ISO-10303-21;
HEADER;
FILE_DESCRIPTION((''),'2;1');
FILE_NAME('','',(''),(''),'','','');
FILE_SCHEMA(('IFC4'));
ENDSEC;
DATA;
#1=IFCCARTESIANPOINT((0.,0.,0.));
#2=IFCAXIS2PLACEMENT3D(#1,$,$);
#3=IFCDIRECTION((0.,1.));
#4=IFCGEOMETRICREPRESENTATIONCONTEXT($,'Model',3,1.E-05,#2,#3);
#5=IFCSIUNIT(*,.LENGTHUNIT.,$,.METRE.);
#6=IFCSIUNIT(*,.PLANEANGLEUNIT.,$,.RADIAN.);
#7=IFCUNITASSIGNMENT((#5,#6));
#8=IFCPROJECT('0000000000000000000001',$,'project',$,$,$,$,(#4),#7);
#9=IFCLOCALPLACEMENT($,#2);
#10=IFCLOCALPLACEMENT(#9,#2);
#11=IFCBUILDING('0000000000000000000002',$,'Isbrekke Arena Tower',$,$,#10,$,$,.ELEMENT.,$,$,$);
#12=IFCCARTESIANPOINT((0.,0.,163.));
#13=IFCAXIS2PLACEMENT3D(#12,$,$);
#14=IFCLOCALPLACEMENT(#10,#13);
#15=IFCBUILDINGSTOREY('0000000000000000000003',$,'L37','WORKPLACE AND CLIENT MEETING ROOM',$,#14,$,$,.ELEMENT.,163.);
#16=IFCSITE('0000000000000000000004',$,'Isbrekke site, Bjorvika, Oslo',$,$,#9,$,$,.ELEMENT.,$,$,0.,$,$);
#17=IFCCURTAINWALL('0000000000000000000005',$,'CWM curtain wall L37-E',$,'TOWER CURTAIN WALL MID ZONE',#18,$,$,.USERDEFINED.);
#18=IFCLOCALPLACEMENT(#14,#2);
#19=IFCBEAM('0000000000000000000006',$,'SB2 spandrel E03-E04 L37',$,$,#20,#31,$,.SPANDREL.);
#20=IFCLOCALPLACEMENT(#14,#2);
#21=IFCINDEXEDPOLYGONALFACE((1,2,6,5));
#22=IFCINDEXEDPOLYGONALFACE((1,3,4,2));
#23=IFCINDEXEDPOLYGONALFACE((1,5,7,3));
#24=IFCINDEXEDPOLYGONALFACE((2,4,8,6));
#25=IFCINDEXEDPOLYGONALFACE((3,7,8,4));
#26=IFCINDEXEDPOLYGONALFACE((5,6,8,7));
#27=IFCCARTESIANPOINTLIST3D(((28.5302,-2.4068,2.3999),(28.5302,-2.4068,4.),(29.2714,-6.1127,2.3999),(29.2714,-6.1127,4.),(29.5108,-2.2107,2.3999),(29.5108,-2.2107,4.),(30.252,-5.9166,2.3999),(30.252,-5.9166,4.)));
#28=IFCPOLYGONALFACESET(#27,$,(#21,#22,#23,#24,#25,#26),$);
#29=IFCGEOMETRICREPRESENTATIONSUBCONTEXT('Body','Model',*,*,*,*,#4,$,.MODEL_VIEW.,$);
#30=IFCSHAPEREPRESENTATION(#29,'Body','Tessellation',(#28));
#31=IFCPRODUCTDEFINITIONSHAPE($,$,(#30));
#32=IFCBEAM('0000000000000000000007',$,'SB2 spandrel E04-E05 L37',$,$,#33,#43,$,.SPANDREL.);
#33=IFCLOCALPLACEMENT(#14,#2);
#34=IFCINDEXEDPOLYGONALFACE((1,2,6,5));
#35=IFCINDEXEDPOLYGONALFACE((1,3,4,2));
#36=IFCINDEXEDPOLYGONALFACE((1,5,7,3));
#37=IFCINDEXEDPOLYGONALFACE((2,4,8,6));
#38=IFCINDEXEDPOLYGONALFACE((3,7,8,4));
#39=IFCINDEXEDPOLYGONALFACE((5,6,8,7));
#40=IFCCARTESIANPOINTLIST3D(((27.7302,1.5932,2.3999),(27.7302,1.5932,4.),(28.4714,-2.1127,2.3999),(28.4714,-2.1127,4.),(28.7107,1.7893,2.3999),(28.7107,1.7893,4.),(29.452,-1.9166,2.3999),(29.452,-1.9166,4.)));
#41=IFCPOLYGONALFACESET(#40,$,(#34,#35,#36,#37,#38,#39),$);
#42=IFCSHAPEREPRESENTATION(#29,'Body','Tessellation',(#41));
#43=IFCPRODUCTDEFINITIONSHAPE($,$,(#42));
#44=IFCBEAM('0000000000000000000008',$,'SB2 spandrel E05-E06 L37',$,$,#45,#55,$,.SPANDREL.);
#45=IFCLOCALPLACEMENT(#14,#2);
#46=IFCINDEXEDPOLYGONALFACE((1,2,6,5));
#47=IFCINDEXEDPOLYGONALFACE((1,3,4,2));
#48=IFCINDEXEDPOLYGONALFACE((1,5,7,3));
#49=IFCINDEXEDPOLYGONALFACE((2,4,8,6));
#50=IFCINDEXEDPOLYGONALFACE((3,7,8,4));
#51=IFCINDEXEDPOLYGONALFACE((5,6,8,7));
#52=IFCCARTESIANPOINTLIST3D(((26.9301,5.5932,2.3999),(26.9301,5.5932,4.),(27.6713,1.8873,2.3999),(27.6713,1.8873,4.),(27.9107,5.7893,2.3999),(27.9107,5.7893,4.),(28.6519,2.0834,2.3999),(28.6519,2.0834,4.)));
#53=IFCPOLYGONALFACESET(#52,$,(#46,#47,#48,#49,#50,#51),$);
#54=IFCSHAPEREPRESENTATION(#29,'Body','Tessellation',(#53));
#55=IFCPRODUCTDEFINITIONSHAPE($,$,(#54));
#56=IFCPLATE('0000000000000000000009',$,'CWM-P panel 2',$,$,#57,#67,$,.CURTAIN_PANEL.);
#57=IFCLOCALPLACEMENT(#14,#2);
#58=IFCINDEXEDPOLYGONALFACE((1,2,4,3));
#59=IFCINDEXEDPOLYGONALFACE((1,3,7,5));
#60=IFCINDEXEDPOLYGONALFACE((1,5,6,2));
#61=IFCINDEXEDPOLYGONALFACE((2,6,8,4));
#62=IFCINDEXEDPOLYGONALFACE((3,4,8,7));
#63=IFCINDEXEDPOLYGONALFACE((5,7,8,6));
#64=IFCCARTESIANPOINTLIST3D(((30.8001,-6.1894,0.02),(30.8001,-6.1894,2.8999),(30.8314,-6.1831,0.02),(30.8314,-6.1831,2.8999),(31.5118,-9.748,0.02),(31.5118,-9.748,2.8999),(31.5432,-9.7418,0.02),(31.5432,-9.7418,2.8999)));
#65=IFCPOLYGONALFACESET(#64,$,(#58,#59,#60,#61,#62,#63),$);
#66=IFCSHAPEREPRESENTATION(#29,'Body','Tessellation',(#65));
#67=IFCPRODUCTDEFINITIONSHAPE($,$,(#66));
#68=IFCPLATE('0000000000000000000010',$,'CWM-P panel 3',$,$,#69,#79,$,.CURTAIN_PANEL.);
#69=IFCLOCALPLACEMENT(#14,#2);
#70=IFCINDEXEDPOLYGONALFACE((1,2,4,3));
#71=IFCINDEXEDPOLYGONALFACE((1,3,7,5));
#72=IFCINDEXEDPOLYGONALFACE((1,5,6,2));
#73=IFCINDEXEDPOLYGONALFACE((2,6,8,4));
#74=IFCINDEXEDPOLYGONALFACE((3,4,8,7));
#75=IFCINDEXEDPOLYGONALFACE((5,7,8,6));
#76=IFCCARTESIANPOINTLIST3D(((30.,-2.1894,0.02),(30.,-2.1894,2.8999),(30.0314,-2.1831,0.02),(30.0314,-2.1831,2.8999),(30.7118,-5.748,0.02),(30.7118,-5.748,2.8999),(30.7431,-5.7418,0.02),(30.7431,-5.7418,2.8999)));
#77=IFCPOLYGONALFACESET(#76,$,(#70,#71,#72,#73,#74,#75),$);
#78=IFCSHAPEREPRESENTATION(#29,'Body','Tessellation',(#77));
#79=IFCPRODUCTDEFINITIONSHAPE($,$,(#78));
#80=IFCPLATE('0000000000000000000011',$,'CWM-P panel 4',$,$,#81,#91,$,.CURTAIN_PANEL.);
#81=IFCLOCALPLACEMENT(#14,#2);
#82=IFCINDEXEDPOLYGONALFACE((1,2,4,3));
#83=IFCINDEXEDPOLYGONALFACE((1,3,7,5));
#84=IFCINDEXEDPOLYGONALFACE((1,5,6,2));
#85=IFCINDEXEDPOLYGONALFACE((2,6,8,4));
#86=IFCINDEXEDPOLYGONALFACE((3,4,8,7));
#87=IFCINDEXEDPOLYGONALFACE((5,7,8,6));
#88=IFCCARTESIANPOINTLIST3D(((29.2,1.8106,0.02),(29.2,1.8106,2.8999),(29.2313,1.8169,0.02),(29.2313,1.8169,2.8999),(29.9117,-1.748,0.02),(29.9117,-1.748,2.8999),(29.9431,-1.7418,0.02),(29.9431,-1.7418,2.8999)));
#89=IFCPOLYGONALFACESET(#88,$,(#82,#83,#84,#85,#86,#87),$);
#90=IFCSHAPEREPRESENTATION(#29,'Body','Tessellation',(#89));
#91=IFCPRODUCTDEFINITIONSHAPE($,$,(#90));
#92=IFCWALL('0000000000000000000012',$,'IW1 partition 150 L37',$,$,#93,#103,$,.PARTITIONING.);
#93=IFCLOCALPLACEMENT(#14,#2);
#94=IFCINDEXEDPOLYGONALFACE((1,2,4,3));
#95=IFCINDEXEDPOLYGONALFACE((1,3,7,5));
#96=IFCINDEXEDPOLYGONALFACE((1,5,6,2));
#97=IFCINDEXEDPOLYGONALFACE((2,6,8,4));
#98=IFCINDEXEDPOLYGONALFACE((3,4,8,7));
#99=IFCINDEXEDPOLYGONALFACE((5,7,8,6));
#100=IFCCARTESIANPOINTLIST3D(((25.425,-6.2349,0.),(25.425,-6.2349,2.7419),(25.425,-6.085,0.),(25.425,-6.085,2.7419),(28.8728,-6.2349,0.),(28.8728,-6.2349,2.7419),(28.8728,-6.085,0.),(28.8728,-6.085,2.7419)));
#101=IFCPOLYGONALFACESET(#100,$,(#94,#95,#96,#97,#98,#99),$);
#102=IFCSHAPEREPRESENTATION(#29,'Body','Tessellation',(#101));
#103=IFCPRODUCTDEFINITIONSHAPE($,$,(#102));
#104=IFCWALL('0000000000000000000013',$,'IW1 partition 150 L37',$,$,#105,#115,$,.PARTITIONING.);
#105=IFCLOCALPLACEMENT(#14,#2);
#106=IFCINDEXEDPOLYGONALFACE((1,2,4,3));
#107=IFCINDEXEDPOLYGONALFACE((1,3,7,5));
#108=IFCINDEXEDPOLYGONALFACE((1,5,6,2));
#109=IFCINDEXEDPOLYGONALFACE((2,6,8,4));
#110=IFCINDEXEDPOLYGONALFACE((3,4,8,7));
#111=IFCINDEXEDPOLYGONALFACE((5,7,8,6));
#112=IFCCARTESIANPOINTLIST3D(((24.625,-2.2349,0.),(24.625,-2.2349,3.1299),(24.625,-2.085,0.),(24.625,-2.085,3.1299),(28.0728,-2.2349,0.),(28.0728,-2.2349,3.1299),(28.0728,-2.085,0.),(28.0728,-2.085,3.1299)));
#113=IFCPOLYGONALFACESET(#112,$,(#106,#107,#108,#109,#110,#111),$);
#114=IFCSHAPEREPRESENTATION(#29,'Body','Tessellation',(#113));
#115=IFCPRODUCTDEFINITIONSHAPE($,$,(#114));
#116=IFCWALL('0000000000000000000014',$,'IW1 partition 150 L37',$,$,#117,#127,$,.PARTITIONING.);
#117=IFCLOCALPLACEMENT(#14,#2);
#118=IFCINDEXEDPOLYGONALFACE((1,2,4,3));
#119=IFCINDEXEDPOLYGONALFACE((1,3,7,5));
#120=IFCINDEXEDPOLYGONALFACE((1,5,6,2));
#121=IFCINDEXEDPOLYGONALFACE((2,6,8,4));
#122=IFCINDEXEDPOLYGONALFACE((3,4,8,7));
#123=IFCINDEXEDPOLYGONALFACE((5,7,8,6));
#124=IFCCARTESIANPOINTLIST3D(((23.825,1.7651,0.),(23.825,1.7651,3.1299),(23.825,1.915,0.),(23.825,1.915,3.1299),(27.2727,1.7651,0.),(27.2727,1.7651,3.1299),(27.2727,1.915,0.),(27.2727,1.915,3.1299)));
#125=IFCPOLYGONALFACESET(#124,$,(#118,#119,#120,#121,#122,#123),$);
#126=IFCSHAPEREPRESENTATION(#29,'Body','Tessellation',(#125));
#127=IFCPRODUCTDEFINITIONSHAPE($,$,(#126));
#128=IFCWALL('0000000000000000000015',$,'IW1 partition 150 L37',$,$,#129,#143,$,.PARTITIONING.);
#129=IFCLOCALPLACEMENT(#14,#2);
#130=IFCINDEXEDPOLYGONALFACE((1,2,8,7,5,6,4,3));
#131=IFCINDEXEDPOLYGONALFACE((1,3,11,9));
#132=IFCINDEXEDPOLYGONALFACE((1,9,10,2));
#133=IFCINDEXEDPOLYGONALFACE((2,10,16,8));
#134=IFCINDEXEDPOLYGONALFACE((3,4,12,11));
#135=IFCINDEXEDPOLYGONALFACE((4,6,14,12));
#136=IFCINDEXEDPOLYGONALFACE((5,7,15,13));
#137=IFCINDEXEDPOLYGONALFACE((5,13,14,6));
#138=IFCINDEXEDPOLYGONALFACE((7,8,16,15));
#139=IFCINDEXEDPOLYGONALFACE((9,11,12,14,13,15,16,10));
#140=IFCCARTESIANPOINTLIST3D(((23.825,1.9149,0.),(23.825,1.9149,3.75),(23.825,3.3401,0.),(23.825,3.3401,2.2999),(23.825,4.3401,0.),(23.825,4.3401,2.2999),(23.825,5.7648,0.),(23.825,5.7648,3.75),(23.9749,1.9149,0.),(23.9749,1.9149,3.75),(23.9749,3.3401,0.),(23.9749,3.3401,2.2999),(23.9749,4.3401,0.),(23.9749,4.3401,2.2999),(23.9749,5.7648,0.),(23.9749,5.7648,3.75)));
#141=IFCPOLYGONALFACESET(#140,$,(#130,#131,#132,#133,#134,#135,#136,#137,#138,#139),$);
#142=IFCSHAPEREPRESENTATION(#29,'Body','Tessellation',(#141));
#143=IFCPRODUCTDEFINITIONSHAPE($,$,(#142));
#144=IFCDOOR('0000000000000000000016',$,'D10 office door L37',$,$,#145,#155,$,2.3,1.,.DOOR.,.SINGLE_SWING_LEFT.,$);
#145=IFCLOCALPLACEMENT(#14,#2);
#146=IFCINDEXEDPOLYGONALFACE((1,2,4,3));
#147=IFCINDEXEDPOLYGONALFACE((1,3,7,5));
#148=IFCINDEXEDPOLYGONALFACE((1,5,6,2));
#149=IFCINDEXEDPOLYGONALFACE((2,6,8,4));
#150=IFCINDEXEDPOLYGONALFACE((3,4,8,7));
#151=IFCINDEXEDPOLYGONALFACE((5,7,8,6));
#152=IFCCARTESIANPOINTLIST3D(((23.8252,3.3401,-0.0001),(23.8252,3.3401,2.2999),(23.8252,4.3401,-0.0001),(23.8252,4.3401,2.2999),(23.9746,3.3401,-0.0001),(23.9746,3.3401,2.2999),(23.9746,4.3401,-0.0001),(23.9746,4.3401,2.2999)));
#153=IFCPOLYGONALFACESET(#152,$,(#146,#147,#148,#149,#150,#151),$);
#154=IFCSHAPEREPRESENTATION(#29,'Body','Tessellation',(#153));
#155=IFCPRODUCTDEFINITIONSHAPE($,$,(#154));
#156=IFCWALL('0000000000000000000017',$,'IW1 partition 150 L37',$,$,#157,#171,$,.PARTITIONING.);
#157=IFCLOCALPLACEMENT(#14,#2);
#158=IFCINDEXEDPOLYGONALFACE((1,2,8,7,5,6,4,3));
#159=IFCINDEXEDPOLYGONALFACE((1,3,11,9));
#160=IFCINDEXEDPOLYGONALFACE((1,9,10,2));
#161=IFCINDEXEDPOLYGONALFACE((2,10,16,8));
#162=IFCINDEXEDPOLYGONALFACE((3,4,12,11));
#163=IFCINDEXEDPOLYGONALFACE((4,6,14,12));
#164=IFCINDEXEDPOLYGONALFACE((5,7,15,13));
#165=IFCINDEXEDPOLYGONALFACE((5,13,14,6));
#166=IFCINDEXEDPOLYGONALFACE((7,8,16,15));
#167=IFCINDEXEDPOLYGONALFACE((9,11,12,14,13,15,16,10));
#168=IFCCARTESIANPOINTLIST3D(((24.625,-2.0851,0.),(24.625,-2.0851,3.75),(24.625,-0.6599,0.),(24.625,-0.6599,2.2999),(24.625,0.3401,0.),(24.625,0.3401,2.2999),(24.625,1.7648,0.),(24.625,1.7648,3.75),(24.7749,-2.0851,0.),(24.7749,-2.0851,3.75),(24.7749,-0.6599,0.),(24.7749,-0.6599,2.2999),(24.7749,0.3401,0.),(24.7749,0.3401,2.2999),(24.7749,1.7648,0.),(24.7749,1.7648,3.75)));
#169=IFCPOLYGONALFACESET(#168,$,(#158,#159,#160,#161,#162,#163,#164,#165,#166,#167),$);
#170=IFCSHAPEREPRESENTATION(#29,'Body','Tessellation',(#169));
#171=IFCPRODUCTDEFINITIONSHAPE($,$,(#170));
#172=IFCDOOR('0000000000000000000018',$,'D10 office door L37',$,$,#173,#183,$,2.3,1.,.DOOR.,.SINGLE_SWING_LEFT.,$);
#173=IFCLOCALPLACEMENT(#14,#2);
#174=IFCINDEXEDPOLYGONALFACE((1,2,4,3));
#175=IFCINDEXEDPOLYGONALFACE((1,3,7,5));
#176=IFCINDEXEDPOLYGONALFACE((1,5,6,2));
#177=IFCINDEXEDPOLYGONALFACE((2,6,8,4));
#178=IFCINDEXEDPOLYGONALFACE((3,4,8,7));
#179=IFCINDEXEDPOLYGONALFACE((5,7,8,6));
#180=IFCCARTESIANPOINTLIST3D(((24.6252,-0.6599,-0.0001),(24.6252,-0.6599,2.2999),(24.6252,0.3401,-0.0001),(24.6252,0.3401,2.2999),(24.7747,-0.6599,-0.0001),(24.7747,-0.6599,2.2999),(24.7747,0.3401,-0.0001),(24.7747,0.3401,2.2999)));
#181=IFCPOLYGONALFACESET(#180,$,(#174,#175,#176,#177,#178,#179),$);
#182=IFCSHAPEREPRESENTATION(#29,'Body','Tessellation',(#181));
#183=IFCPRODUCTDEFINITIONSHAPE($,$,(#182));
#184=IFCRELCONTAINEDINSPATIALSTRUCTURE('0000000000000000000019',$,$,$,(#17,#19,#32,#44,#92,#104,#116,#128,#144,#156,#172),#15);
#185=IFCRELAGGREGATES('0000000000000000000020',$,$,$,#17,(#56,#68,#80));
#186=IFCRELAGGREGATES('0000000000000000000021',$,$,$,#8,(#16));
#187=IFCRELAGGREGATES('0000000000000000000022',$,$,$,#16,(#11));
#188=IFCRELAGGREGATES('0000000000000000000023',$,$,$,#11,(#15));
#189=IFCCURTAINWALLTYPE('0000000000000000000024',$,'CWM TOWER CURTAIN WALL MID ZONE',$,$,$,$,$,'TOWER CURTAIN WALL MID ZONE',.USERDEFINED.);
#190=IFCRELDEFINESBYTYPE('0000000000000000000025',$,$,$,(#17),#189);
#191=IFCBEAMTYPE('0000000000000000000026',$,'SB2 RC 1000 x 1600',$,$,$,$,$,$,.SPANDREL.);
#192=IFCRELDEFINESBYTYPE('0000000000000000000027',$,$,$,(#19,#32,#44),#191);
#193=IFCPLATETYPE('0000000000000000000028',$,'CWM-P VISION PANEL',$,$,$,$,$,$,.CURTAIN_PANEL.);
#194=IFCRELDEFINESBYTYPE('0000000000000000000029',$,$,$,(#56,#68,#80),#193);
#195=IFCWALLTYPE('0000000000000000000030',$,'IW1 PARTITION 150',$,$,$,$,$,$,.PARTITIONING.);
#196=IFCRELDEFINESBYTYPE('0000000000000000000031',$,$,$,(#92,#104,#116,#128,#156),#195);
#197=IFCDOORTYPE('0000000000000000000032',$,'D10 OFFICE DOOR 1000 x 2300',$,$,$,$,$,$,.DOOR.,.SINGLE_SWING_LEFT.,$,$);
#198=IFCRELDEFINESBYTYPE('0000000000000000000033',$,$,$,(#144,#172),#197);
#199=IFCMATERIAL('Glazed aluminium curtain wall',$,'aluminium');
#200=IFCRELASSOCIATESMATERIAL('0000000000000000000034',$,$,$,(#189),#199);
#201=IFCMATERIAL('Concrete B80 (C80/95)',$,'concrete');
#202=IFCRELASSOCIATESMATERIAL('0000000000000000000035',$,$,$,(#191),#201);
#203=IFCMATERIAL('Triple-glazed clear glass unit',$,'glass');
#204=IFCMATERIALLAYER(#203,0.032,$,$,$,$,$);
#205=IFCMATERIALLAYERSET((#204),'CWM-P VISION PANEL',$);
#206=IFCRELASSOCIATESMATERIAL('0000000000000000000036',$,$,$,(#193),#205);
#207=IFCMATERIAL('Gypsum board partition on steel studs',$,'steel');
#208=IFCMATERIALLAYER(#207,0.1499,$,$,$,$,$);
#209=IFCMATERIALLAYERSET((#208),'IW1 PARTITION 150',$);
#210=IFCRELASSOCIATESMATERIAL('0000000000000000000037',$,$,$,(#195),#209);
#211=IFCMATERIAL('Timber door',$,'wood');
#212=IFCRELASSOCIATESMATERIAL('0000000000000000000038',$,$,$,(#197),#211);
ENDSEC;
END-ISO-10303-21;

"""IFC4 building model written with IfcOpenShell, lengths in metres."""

from ifc_helpers import new_model, si_unit, direction, frame, frame_2d, origin, origin_2d, place, context, subcontext, project, spatial, rectangle, extrude, material, layer, layer_set, material_profile, profile_set, type_object, element, fill, aggregate, save


model = new_model("IFC4")

# Units and contexts
model_context = context("Model", 3, precision=1e-05, world=origin(), true_north=direction((0.0, 1.0)))
body_context = subcontext(model_context, "Body", "Model", "MODEL_VIEW")
ifc_project = project(units=[si_unit("LENGTHUNIT", "METRE"), si_unit("PLANEANGLEUNIT", "RADIAN")], contexts=[model_context])

# Site, building, storey
site_placement = place(None, origin())
site = spatial("IfcSite", under=ifc_project, at=site_placement, Name="Isbrekke site, Bjorvika, Oslo", CompositionType="ELEMENT", RefElevation=0.0)
building_placement = place(site_placement, origin())
building = spatial("IfcBuilding", under=site, at=building_placement, Name="Isbrekke Arena Tower", CompositionType="ELEMENT")
storey_placement = place(building_placement, frame((0.0, 0.0, 163.0)))
storey = spatial("IfcBuildingStorey", under=building, at=storey_placement, Name="L37", Description="WORKPLACE AND CLIENT MEETING ROOM", CompositionType="ELEMENT", Elevation=163.0)

# Curtain wall
ifc_material_1 = material(Name="Glazed aluminium curtain wall", Category="aluminium")
curtain_wall_type = type_object("IfcCurtainWallType", Name="CWM TOWER CURTAIN WALL MID ZONE", ElementType="TOWER CURTAIN WALL MID ZONE", PredefinedType="USERDEFINED", material=ifc_material_1)
curtain_wall_placement = place(storey_placement, origin())
curtain_wall = element("IfcCurtainWall", 1, at=curtain_wall_placement, inside=storey, type_object=curtain_wall_type, Name="CWM curtain wall L37-E", ObjectType="TOWER CURTAIN WALL MID ZONE", PredefinedType="USERDEFINED")

# Beams
ifc_material_2 = material(Name="Concrete B80 (C80/95)", Category="concrete")
ifc_material_profile_1 = material_profile(ifc_material_2, rectangle(XDim=1.0, YDim=1.6001, at=origin_2d()), Name="RC 1000x1600")
ifc_profile_set_1 = profile_set([ifc_material_profile_1], Name="Concrete B80 (C80/95)")
beam_type_1 = type_object("IfcBeamType", Name="SB2 RC 1000 x 1600", PredefinedType="SPANDREL", material=ifc_profile_set_1)
for number, where, z_axis, x_axis, name in (
    (2, (29.7617, -6.0146, 3.2), (-0.196129, 0.980578, 0.0), (-0.980578, -0.196129, 0.0), "SB2 spandrel E03-E04 L37"),
    (3, (28.9617, -2.0146, 3.2), (-0.196129, 0.980578, 0.0), (-0.980578, -0.196129, 0.0), "SB2 spandrel E04-E05 L37"),
    (4, (28.1616, 1.9854, 3.2), (-0.196129, 0.980578, 0.0), (-0.980578, -0.196129, 0.0), "SB2 spandrel E05-E06 L37"),
):
    element("IfcBeam", number, at=place(storey_placement, frame(where, z_axis=z_axis, x_axis=x_axis)), inside=storey, type_object=beam_type_1, Name=name, PredefinedType="SPANDREL", context=body_context, shape_type="SweptSolid", body=[
        extrude(rectangle(XDim=1.0, YDim=1.6001, at=origin_2d()), origin(), (0.0, 0.0, 1.0), 3.7793),
    ])

# Plates
ifc_material_3 = material(Name="Triple-glazed clear glass unit", Category="glass")
ifc_layer_1 = layer(ifc_material_3, 0.032)
ifc_layer_set_1 = layer_set([ifc_layer_1], Name="CWM-P VISION PANEL")
plate_type = type_object("IfcPlateType", Name="CWM-P VISION PANEL", PredefinedType="CURTAIN_PANEL", material=ifc_layer_set_1)
plate_1_placement = place(storey_placement, frame((31.1716, -7.9656, 0.02), z_axis=(0.0, 0.0, 1.0), x_axis=(-0.196116, 0.980581, 0.0)))
plate_1 = element("IfcPlate", 5, at=plate_1_placement, type_object=plate_type, Name="CWM-P panel 2", PredefinedType="CURTAIN_PANEL", context=body_context, shape_type="SweptSolid", body=[
    extrude(rectangle(XDim=3.6292, YDim=0.032, at=origin_2d()), origin(), (0.0, 0.0, 1.0), 2.8799),
])
plate_2_placement = place(storey_placement, frame((30.3716, -3.9656, 0.02), z_axis=(0.0, 0.0, 1.0), x_axis=(-0.196116, 0.980581, 0.0)))
plate_2 = element("IfcPlate", 6, at=plate_2_placement, type_object=plate_type, Name="CWM-P panel 3", PredefinedType="CURTAIN_PANEL", context=body_context, shape_type="SweptSolid", body=[
    extrude(rectangle(XDim=3.6292, YDim=0.032, at=origin_2d()), origin(), (0.0, 0.0, 1.0), 2.8799),
])
plate_3_placement = place(storey_placement, frame((29.5715, 0.0344, 0.02), z_axis=(0.0, 0.0, 1.0), x_axis=(-0.196116, 0.980581, 0.0)))
plate_3 = element("IfcPlate", 7, at=plate_3_placement, type_object=plate_type, Name="CWM-P panel 4", PredefinedType="CURTAIN_PANEL", context=body_context, shape_type="SweptSolid", body=[
    extrude(rectangle(XDim=3.6292, YDim=0.032, at=origin_2d()), origin(), (0.0, 0.0, 1.0), 2.8799),
])
aggregate(curtain_wall, [plate_1, plate_2, plate_3])

# Walls
ifc_material_4 = material(Name="Gypsum board partition on steel studs", Category="steel")
ifc_layer_2 = layer(ifc_material_4, 0.1499)
ifc_layer_set_2 = layer_set([ifc_layer_2], Name="IW1 PARTITION 150")
wall_type = type_object("IfcWallType", Name="IW1 PARTITION 150", PredefinedType="PARTITIONING", material=ifc_layer_set_2)
wall_1_placement = place(storey_placement, frame((25.425, -6.1599, 0.0), z_axis=(0.0, 0.0, 1.0), x_axis=(1.0, 0.0, 0.0)))
element("IfcWall", 8, at=wall_1_placement, inside=storey, type_object=wall_type, Name="IW1 partition 150 L37", PredefinedType="PARTITIONING", context=body_context, shape_type="SweptSolid", body=[
    extrude(rectangle(XDim=3.4478, YDim=0.1499, at=frame_2d((1.7239, 0.0))), origin(), (0.0, 0.0, 1.0), 2.7419),
])
for number, where, z_axis, x_axis, name in (
    (9, (24.625, -2.1599, 0.0), (0.0, 0.0, 1.0), (1.0, 0.0, 0.0), "IW1 partition 150 L37"),
    (10, (23.825, 1.8401, 0.0), (0.0, 0.0, 1.0), (1.0, 0.0, 0.0), "IW1 partition 150 L37"),
):
    element("IfcWall", number, at=place(storey_placement, frame(where, z_axis=z_axis, x_axis=x_axis)), inside=storey, type_object=wall_type, Name=name, PredefinedType="PARTITIONING", context=body_context, shape_type="SweptSolid", body=[
        extrude(rectangle(XDim=3.4478, YDim=0.1499, at=frame_2d((1.7239, 0.0))), origin(), (0.0, 0.0, 1.0), 3.1299),
    ])

# Walls, openings, doors
wall_2_placement = place(storey_placement, frame((23.8999, 1.915, 0.0), z_axis=(0.0, 0.0, 1.0), x_axis=(0.0, 1.0, 0.0)))
wall_2 = element("IfcWall", 11, at=wall_2_placement, inside=storey, type_object=wall_type, Name="IW1 partition 150 L37", PredefinedType="PARTITIONING", context=body_context, shape_type="SweptSolid", body=[
    extrude(rectangle(XDim=3.8499, YDim=0.1499, at=frame_2d((1.9248, 0.0))), origin(), (0.0, 0.0, 1.0), 3.75),
])
opening_1_placement = place(wall_2_placement, frame((1.425, 0.0, 0.0)))
opening_1 = element("IfcOpeningElement", 12, at=opening_1_placement, cuts=wall_2, PredefinedType="OPENING", context=body_context, shape_type="SweptSolid", body=[
    extrude(rectangle(XDim=1.0, YDim=2.3, at=frame_2d((0.5, 1.1499))), frame((0.0, 0.0898, 0.0), z_axis=(0.0, -1.0, 0.0), x_axis=(1.0, 0.0, 0.0)), (0.0, 0.0, 1.0), 0.1797),
])
ifc_material_5 = material(Name="Timber door", Category="wood")
door_type = type_object("IfcDoorType", Name="D10 OFFICE DOOR 1000 x 2300", OperationType="SINGLE_SWING_LEFT", PredefinedType="DOOR", material=ifc_material_5)
door_1_placement = place(opening_1_placement, origin())
door_1 = element("IfcDoor", 13, at=door_1_placement, inside=storey, type_object=door_type, Name="D10 office door L37", OperationType="SINGLE_SWING_LEFT", OverallHeight=2.3, OverallWidth=1.0, PredefinedType="DOOR", context=body_context, shape_type="SweptSolid", body=[
    extrude(rectangle(XDim=1.0, YDim=2.3, at=frame_2d((0.5, 1.1499))), frame((0.0, 0.0747, 0.0), z_axis=(0.0, -1.0, 0.0), x_axis=(1.0, 0.0, 0.0)), (0.0, 0.0, 1.0), 0.1494),
])
fill(opening_1, door_1)
wall_3_placement = place(storey_placement, frame((24.7, -2.085, 0.0), z_axis=(0.0, 0.0, 1.0), x_axis=(0.0, 1.0, 0.0)))
wall_3 = element("IfcWall", 14, at=wall_3_placement, inside=storey, type_object=wall_type, Name="IW1 partition 150 L37", PredefinedType="PARTITIONING", context=body_context, shape_type="SweptSolid", body=[
    extrude(rectangle(XDim=3.8499, YDim=0.1499, at=frame_2d((1.9248, 0.0))), origin(), (0.0, 0.0, 1.0), 3.75),
])
opening_2_placement = place(wall_3_placement, frame((1.425, 0.0, 0.0)))
opening_2 = element("IfcOpeningElement", 15, at=opening_2_placement, cuts=wall_3, PredefinedType="OPENING", context=body_context, shape_type="SweptSolid", body=[
    extrude(rectangle(XDim=1.0, YDim=2.3, at=frame_2d((0.5, 1.1499))), frame((0.0, 0.0898, 0.0), z_axis=(0.0, -1.0, 0.0), x_axis=(1.0, 0.0, 0.0)), (0.0, 0.0, 1.0), 0.1797),
])
door_2_placement = place(opening_2_placement, origin())
door_2 = element("IfcDoor", 16, at=door_2_placement, inside=storey, type_object=door_type, Name="D10 office door L37", OperationType="SINGLE_SWING_LEFT", OverallHeight=2.3, OverallWidth=1.0, PredefinedType="DOOR", context=body_context, shape_type="SweptSolid", body=[
    extrude(rectangle(XDim=1.0, YDim=2.3, at=frame_2d((0.5, 1.1499))), frame((0.0, 0.0747, 0.0), z_axis=(0.0, -1.0, 0.0), x_axis=(1.0, 0.0, 0.0)), (0.0, 0.0, 1.0), 0.1494),
])
fill(opening_2, door_2)

save(model, "model.ifc")
